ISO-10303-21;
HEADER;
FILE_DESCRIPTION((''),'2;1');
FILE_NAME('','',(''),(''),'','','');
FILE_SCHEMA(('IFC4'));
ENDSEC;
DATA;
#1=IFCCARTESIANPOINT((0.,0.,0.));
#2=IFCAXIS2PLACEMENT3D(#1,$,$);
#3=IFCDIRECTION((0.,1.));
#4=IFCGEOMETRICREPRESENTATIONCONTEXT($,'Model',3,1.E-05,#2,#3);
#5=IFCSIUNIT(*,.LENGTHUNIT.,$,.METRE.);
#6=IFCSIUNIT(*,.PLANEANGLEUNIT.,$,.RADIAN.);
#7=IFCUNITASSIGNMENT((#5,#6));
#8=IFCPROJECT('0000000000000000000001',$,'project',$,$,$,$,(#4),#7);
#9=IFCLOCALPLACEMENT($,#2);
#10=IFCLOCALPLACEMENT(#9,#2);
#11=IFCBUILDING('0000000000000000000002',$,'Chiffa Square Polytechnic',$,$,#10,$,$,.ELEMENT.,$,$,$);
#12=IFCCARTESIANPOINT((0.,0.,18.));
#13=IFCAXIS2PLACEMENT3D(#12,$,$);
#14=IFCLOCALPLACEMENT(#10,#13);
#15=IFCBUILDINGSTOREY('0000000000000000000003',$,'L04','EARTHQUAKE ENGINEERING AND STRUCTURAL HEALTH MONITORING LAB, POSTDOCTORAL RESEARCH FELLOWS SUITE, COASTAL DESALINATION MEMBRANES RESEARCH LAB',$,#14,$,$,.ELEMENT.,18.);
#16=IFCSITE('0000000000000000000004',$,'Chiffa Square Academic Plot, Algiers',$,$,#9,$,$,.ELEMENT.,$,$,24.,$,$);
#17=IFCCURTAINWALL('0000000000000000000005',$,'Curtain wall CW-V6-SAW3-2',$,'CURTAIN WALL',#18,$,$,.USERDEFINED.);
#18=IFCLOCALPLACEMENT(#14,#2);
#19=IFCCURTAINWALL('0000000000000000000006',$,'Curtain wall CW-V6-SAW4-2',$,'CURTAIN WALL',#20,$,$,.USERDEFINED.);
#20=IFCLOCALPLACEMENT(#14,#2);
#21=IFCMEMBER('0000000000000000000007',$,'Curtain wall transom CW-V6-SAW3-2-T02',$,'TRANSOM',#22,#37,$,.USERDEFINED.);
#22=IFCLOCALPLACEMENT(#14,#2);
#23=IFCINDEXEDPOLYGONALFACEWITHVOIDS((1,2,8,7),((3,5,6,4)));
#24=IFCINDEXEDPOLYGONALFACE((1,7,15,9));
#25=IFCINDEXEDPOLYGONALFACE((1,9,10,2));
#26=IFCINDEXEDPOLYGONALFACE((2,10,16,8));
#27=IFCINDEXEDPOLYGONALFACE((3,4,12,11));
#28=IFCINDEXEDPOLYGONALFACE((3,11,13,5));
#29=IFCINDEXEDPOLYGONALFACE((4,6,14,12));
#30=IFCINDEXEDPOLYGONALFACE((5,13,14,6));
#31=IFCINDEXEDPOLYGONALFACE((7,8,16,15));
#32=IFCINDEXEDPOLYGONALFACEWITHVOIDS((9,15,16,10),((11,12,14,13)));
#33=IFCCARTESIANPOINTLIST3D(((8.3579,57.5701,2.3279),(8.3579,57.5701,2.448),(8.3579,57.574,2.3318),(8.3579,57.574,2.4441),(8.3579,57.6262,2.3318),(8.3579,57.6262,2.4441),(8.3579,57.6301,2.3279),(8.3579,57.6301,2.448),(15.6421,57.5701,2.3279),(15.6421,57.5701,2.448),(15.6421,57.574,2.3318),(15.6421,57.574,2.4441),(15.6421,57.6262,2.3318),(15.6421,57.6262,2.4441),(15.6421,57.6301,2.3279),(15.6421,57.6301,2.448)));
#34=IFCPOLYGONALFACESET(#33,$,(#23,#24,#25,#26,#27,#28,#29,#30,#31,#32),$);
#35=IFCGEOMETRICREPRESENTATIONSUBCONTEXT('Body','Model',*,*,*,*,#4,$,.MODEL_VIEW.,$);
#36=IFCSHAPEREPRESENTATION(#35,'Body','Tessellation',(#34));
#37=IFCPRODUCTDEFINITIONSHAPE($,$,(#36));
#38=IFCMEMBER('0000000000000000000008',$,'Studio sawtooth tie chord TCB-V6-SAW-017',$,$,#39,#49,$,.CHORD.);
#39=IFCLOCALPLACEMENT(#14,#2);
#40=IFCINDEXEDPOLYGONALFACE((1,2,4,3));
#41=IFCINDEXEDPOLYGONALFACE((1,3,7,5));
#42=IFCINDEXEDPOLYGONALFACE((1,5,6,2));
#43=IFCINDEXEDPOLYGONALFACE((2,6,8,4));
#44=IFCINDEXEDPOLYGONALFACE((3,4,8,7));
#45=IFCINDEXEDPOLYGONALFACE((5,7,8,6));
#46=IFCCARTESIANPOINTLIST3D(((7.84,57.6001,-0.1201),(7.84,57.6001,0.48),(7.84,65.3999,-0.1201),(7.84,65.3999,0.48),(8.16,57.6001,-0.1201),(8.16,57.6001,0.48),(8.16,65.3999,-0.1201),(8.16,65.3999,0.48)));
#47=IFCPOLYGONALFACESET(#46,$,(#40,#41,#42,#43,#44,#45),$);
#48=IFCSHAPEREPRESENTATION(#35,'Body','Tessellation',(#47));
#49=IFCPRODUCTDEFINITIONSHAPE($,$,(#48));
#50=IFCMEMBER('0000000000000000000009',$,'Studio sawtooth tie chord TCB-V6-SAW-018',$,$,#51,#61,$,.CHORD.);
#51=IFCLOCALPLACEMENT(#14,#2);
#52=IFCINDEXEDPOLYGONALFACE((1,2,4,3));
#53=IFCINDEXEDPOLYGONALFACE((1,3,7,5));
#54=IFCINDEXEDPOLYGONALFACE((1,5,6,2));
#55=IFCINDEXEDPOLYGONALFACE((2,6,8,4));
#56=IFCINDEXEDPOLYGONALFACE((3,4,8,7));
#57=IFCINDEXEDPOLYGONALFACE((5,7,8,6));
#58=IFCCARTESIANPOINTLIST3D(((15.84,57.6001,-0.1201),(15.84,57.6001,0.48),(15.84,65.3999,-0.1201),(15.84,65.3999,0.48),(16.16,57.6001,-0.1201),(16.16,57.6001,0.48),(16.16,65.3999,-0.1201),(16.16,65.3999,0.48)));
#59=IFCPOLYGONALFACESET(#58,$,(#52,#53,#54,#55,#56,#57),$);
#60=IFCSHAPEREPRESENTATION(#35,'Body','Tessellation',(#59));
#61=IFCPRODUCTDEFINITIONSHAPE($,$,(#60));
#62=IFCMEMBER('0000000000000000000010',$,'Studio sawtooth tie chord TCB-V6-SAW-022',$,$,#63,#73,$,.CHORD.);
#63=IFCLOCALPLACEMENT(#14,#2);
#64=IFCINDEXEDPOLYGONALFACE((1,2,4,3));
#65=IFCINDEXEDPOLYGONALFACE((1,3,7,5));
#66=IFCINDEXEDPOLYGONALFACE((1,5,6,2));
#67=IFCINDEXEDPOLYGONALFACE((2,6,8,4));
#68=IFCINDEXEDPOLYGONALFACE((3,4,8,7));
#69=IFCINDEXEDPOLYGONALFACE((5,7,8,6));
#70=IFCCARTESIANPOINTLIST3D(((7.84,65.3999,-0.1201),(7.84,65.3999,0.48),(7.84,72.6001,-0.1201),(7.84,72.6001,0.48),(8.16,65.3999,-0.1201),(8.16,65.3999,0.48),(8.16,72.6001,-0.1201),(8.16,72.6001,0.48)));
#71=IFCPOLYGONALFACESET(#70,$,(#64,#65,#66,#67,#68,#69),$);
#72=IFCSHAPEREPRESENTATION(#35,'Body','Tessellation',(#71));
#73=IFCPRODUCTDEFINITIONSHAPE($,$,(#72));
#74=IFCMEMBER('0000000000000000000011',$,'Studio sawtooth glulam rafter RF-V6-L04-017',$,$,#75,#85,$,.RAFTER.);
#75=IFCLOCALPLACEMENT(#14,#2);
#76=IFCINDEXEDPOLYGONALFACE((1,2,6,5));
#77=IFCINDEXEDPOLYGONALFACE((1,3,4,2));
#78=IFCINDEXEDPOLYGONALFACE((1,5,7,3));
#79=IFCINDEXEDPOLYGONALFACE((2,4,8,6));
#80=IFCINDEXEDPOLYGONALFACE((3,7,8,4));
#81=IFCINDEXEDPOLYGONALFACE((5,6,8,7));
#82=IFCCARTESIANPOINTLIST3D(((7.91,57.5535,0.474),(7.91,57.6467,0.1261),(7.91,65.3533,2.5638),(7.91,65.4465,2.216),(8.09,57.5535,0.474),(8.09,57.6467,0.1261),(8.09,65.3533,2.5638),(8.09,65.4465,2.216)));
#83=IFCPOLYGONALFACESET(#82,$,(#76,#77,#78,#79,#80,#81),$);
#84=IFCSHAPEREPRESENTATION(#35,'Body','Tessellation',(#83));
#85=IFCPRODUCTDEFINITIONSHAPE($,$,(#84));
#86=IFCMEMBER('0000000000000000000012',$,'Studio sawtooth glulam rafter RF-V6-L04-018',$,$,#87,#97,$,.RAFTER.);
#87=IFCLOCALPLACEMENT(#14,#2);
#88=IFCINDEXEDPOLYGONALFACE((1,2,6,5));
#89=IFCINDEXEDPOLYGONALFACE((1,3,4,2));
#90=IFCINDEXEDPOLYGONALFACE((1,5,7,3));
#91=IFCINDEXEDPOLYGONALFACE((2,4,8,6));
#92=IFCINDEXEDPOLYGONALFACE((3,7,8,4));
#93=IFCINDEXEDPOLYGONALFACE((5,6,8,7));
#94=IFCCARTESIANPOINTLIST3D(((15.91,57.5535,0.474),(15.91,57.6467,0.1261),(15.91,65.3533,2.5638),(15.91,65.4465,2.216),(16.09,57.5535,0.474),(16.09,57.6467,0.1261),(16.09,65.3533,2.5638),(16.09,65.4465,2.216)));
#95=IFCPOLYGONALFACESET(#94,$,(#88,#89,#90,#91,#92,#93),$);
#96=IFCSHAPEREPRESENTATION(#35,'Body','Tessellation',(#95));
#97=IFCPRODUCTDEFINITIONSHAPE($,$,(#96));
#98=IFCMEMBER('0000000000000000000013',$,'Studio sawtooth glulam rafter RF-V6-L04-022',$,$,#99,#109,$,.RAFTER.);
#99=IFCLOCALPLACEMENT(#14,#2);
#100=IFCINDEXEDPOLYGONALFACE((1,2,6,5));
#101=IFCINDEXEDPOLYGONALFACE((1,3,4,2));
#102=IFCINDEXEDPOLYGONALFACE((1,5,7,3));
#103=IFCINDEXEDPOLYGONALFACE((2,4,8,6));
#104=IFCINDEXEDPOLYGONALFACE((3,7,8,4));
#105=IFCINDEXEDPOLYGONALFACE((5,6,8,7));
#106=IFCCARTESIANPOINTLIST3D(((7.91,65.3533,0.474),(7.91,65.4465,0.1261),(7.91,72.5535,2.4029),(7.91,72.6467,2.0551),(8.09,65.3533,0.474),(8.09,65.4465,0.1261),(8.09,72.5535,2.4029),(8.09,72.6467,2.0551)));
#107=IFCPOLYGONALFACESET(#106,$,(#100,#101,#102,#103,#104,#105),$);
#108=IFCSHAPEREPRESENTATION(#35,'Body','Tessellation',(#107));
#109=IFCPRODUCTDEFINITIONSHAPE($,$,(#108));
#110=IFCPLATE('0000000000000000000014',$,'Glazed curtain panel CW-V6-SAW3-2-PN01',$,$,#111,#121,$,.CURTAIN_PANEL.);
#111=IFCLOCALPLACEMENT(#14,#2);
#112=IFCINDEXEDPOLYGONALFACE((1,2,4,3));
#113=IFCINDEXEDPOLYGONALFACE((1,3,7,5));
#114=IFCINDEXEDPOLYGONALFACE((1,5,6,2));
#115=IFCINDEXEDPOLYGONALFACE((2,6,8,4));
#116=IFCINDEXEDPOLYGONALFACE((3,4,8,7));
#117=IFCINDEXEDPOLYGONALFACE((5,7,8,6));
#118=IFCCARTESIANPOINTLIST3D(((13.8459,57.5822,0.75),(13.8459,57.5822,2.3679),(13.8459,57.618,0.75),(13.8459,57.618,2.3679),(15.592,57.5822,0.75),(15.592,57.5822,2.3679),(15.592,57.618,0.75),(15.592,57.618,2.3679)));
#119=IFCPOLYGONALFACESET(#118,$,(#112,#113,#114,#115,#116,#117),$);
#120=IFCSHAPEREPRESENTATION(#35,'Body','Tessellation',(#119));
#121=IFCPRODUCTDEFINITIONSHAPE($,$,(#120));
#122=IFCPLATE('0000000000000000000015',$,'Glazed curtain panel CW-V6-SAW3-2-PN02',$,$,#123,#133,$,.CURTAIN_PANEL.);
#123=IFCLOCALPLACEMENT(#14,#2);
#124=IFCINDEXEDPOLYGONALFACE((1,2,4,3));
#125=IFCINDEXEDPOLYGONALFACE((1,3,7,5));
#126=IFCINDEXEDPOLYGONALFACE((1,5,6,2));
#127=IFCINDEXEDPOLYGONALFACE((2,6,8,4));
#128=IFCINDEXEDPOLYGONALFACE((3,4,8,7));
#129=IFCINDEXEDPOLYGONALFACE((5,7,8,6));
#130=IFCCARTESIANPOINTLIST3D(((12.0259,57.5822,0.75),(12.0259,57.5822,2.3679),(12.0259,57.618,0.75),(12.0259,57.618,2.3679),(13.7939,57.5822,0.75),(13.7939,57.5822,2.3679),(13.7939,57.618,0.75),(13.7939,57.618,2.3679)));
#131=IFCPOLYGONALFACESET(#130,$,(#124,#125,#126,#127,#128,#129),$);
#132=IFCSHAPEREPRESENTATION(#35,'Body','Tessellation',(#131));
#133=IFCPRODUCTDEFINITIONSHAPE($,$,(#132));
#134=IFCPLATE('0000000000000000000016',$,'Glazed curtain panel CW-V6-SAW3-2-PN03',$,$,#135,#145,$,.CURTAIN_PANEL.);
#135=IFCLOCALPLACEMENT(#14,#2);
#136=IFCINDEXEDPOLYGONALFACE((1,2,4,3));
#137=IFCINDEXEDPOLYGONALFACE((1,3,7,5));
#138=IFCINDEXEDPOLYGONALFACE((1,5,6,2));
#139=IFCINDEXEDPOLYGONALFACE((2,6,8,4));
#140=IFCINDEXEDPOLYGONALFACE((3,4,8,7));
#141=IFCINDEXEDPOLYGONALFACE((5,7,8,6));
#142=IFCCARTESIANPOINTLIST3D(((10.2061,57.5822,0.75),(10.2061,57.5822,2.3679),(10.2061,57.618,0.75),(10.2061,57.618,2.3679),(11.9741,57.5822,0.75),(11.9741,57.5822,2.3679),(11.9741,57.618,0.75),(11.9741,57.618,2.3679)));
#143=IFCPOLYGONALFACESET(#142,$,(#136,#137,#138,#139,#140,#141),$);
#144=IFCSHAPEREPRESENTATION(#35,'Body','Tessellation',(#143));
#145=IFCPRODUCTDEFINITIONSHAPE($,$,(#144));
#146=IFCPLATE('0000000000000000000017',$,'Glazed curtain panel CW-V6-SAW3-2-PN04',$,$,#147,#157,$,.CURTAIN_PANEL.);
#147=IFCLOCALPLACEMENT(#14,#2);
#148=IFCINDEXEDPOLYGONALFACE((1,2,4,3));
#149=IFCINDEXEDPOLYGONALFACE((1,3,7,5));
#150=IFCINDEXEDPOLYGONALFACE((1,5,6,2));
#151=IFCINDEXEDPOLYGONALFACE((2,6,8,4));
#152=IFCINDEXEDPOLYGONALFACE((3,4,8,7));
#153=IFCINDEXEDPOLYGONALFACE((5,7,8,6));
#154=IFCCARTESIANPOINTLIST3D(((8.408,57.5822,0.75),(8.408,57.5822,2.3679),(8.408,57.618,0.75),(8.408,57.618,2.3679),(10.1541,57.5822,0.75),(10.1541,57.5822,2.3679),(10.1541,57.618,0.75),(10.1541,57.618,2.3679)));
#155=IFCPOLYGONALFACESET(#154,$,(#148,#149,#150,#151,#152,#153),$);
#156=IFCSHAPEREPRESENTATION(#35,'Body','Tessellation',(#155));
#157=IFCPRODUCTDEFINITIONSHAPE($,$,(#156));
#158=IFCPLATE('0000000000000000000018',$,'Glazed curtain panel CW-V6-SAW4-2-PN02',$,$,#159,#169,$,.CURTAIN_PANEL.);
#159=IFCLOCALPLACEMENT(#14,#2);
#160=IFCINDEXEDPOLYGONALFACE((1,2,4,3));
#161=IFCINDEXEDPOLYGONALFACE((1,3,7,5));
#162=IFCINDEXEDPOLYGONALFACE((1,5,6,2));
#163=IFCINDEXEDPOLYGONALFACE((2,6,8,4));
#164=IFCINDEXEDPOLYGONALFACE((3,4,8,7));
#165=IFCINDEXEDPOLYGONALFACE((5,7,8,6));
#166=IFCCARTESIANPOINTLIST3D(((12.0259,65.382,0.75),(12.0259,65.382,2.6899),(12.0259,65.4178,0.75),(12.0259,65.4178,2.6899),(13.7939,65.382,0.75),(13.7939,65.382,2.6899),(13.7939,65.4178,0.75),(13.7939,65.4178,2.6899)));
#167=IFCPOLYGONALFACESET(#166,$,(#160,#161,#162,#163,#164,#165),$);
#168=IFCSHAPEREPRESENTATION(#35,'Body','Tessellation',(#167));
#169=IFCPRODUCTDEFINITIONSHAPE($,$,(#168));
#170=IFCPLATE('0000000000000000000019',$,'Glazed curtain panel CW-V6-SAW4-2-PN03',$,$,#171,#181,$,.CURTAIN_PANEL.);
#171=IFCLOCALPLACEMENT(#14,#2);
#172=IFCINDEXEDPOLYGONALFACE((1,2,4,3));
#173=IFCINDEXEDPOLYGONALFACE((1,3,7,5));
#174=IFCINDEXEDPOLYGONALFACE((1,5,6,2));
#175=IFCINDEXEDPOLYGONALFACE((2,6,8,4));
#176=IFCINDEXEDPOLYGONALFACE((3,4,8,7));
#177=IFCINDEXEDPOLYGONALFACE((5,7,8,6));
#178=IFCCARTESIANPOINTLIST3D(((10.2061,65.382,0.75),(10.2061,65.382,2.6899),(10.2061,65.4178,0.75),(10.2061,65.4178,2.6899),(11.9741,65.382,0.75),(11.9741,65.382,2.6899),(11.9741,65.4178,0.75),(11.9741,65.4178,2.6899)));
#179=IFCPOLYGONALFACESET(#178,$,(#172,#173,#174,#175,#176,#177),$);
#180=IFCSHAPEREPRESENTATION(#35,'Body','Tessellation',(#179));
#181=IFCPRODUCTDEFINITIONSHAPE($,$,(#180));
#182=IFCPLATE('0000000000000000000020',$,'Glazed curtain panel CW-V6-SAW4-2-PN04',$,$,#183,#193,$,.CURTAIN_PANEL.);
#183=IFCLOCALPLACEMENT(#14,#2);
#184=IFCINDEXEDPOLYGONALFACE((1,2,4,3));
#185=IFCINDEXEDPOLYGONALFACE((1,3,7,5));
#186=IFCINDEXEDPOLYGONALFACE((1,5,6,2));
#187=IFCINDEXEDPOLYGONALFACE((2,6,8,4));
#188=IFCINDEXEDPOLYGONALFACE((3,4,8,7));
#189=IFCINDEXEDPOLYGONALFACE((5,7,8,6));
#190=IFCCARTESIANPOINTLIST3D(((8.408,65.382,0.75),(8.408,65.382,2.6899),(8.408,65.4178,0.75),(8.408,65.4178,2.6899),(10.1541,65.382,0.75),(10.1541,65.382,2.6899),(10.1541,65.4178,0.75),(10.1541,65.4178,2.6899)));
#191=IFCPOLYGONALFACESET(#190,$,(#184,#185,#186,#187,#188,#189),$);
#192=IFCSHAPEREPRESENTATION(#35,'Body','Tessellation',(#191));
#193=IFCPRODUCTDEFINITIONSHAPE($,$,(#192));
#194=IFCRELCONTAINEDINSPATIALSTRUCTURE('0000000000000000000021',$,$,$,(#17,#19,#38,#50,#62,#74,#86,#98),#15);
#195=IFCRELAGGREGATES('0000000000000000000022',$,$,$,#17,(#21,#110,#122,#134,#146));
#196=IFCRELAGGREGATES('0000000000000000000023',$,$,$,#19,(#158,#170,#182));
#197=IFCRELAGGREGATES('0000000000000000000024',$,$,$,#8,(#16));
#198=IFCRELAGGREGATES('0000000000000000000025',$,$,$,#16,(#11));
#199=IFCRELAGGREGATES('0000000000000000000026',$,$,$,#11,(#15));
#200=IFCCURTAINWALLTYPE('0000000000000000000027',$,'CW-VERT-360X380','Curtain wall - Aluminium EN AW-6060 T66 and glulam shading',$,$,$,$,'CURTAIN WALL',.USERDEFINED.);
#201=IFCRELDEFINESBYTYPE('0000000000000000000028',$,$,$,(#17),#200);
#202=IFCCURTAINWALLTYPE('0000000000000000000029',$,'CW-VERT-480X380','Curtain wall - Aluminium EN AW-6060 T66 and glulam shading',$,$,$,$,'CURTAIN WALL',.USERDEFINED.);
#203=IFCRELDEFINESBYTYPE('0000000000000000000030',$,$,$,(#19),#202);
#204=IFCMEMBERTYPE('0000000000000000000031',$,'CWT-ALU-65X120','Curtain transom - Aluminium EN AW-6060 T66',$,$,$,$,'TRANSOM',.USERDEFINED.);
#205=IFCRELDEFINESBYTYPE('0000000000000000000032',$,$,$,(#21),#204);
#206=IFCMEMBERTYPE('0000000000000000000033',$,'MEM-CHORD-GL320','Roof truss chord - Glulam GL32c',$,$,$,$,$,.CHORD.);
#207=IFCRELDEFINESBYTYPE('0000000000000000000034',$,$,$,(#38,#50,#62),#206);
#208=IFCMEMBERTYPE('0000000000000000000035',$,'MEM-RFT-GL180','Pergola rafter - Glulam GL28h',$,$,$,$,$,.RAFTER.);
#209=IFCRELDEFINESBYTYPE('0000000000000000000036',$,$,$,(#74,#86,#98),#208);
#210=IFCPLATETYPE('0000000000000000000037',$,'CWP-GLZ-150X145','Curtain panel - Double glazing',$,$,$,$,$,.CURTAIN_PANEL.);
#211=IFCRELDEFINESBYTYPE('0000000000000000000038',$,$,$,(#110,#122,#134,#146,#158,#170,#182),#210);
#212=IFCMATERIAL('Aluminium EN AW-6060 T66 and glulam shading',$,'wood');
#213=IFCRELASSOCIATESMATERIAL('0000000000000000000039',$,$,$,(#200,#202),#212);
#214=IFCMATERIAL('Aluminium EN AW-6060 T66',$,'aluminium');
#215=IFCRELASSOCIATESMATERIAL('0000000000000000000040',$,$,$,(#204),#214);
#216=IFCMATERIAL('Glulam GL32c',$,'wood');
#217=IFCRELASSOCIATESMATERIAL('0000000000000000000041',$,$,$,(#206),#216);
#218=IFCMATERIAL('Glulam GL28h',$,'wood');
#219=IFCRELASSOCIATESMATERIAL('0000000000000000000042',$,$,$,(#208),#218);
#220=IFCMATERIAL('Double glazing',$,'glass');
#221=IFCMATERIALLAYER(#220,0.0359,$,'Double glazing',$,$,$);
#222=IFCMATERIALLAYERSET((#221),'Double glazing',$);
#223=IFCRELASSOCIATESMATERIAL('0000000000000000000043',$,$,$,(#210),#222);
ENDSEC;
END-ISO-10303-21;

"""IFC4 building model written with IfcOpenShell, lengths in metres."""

from ifc_helpers import new_model, si_unit, direction, frame, origin, origin_2d, place, context, subcontext, project, spatial, rectangle, hollow_rectangle, extrude, material, layer, layer_set, material_profile, profile_set, type_object, element, aggregate, save


model = new_model("IFC4")

# Units and contexts
model_context = context("Model", 3, precision=1e-05, world=origin(), true_north=direction((0.0, 1.0)))
body_context = subcontext(model_context, "Body", "Model", "MODEL_VIEW")
ifc_project = project(units=[si_unit("LENGTHUNIT", "METRE"), si_unit("PLANEANGLEUNIT", "RADIAN")], contexts=[model_context])

# Site, building, storey
site_placement = place(None, origin())
site = spatial("IfcSite", under=ifc_project, at=site_placement, Name="Chiffa Square Academic Plot, Algiers", CompositionType="ELEMENT", RefElevation=24.0)
building_placement = place(site_placement, origin())
building = spatial("IfcBuilding", under=site, at=building_placement, Name="Chiffa Square Polytechnic", CompositionType="ELEMENT")
storey_placement = place(building_placement, frame((0.0, 0.0, 18.0)))
storey = spatial("IfcBuildingStorey", under=building, at=storey_placement, Name="L04", Description="EARTHQUAKE ENGINEERING AND STRUCTURAL HEALTH MONITORING LAB, POSTDOCTORAL RESEARCH FELLOWS SUITE, COASTAL DESALINATION MEMBRANES RESEARCH LAB", CompositionType="ELEMENT", Elevation=18.0)

# Shared definitions
ifc_material_1 = material(Name="Glulam GL32c", Category="wood")

# Curtain walls
ifc_material_2 = material(Name="Aluminium EN AW-6060 T66 and glulam shading", Category="wood")
curtain_wall_type_1 = type_object("IfcCurtainWallType", Name="CW-VERT-360X380", Description="Curtain wall - Aluminium EN AW-6060 T66 and glulam shading", ElementType="CURTAIN WALL", PredefinedType="USERDEFINED", material=ifc_material_2)
curtain_wall_1_placement = place(storey_placement, origin())
curtain_wall_1 = element("IfcCurtainWall", 1, at=curtain_wall_1_placement, inside=storey, type_object=curtain_wall_type_1, Name="Curtain wall CW-V6-SAW3-2", ObjectType="CURTAIN WALL", PredefinedType="USERDEFINED")
ifc_material_3 = material(Name="Aluminium EN AW-6060 T66", Category="aluminium")
curtain_wall_type_2 = type_object("IfcCurtainWallType", Name="CW-VERT-480X380", Description="Curtain wall - Aluminium EN AW-6060 T66 and glulam shading", ElementType="CURTAIN WALL", PredefinedType="USERDEFINED", material=ifc_material_2)
curtain_wall_2_placement = place(storey_placement, origin())
curtain_wall_2 = element("IfcCurtainWall", 2, at=curtain_wall_2_placement, inside=storey, type_object=curtain_wall_type_2, Name="Curtain wall CW-V6-SAW4-2", ObjectType="CURTAIN WALL", PredefinedType="USERDEFINED")

# Member
ifc_material_profile_1 = material_profile(ifc_material_3, hollow_rectangle(XDim=0.0601, YDim=0.1201, WallThickness=0.0039, at=origin_2d()), Name="ALU 60x120x4")
ifc_profile_set_1 = profile_set([ifc_material_profile_1], Name="Aluminium EN AW-6060 T66")
member_type_1 = type_object("IfcMemberType", Name="CWT-ALU-65X120", Description="Curtain transom - Aluminium EN AW-6060 T66", ElementType="TRANSOM", PredefinedType="USERDEFINED", material=ifc_profile_set_1)
member_1_placement = place(storey_placement, frame((15.6421, 57.6001, 2.3879), z_axis=(-1.0, 0.0, 0.0), x_axis=(0.0, -1.0, 0.0)))
member_1 = element("IfcMember", 3, at=member_1_placement, type_object=member_type_1, Name="Curtain wall transom CW-V6-SAW3-2-T02", ObjectType="TRANSOM", PredefinedType="USERDEFINED", context=body_context, shape_type="SweptSolid", body=[
    extrude(hollow_rectangle(XDim=0.0601, YDim=0.1201, WallThickness=0.0039, at=origin_2d()), origin(), (0.0, 0.0, 1.0), 7.2842),
])

# Members
ifc_material_profile_2 = material_profile(ifc_material_1, rectangle(XDim=0.3201, YDim=0.6001, at=origin_2d()), Name="GL32c 320x600")
ifc_profile_set_2 = profile_set([ifc_material_profile_2], Name="Glulam GL32c")
member_type_2 = type_object("IfcMemberType", Name="MEM-CHORD-GL320", Description="Roof truss chord - Glulam GL32c", PredefinedType="CHORD", material=ifc_profile_set_2)
for number, where, z_axis, x_axis, name in (
    (4, (8.0, 57.6001, 0.1799), (0.0, 1.0, 0.0), (-1.0, 0.0, 0.0), "Studio sawtooth tie chord TCB-V6-SAW-017"),
    (5, (16.0, 57.6001, 0.1799), (0.0, 1.0, 0.0), (-1.0, 0.0, 0.0), "Studio sawtooth tie chord TCB-V6-SAW-018"),
):
    element("IfcMember", number, at=place(storey_placement, frame(where, z_axis=z_axis, x_axis=x_axis)), inside=storey, type_object=member_type_2, Name=name, PredefinedType="CHORD", context=body_context, shape_type="SweptSolid", body=[
        extrude(rectangle(XDim=0.3201, YDim=0.6001, at=origin_2d()), origin(), (0.0, 0.0, 1.0), 7.7998),
    ])
member_2_placement = place(storey_placement, frame((8.0, 65.3999, 0.1799), z_axis=(0.0, 1.0, 0.0), x_axis=(-1.0, 0.0, 0.0)))
element("IfcMember", 6, at=member_2_placement, inside=storey, type_object=member_type_2, Name="Studio sawtooth tie chord TCB-V6-SAW-022", PredefinedType="CHORD", context=body_context, shape_type="SweptSolid", body=[
    extrude(rectangle(XDim=0.3201, YDim=0.6001, at=origin_2d()), origin(), (0.0, 0.0, 1.0), 7.2002),
])
ifc_material_4 = material(Name="Glulam GL28h", Category="wood")
ifc_material_profile_3 = material_profile(ifc_material_4, rectangle(XDim=0.1799, YDim=0.3601, at=origin_2d()), Name="GL28h 180x360")
ifc_profile_set_3 = profile_set([ifc_material_profile_3], Name="Glulam GL28h")
member_type_3 = type_object("IfcMemberType", Name="MEM-RFT-GL180", Description="Pergola rafter - Glulam GL28h", PredefinedType="RAFTER", material=ifc_profile_set_3)
for number, where, z_axis, x_axis, name in (
    (7, (8.0, 57.6001, 0.3), (0.0, 0.965929, 0.258807), (-1.0, 0.0, 0.0), "Studio sawtooth glulam rafter RF-V6-L04-017"),
    (8, (16.0, 57.6001, 0.3), (0.0, 0.965929, 0.258807), (-1.0, 0.0, 0.0), "Studio sawtooth glulam rafter RF-V6-L04-018"),
):
    element("IfcMember", number, at=place(storey_placement, frame(where, z_axis=z_axis, x_axis=x_axis)), inside=storey, type_object=member_type_3, Name=name, PredefinedType="RAFTER", context=body_context, shape_type="SweptSolid", body=[
        extrude(rectangle(XDim=0.1799, YDim=0.3601, at=origin_2d()), origin(), (0.0, 0.0, 1.0), 8.075),
    ])
member_3_placement = place(storey_placement, frame((8.0, 65.3999, 0.3), z_axis=(0.0, 0.965937, 0.258778), x_axis=(-1.0, 0.0, 0.0)))
element("IfcMember", 9, at=member_3_placement, inside=storey, type_object=member_type_3, Name="Studio sawtooth glulam rafter RF-V6-L04-022", PredefinedType="RAFTER", context=body_context, shape_type="SweptSolid", body=[
    extrude(rectangle(XDim=0.1799, YDim=0.3601, at=origin_2d()), origin(), (0.0, 0.0, 1.0), 7.4541),
])

# Plates
ifc_material_5 = material(Name="Double glazing", Category="glass")
ifc_layer_1 = layer(ifc_material_5, 0.0359, Name="Double glazing")
ifc_layer_set_1 = layer_set([ifc_layer_1], Name="Double glazing")
plate_type = type_object("IfcPlateType", Name="CWP-GLZ-150X145", Description="Curtain panel - Double glazing", PredefinedType="CURTAIN_PANEL", material=ifc_layer_set_1)
plate_1_placement = place(storey_placement, frame((14.719, 57.6001, 0.75), z_axis=(0.0, 0.0, 1.0), x_axis=(-1.0, 0.0, 0.0)))
plate_1 = element("IfcPlate", 10, at=plate_1_placement, type_object=plate_type, Name="Glazed curtain panel CW-V6-SAW3-2-PN01", PredefinedType="CURTAIN_PANEL", context=body_context, shape_type="SweptSolid", body=[
    extrude(rectangle(XDim=1.7461, YDim=0.0359, at=origin_2d()), origin(), (0.0, 0.0, 1.0), 1.6179),
])
plate_2_placement = place(storey_placement, frame((12.9099, 57.6001, 0.75), z_axis=(0.0, 0.0, 1.0), x_axis=(-1.0, 0.0, 0.0)))
plate_2 = element("IfcPlate", 11, at=plate_2_placement, type_object=plate_type, Name="Glazed curtain panel CW-V6-SAW3-2-PN02", PredefinedType="CURTAIN_PANEL", context=body_context, shape_type="SweptSolid", body=[
    extrude(rectangle(XDim=1.7681, YDim=0.0359, at=origin_2d()), origin(), (0.0, 0.0, 1.0), 1.6179),
])
plate_3_placement = place(storey_placement, frame((11.0901, 57.6001, 0.75), z_axis=(0.0, 0.0, 1.0), x_axis=(-1.0, 0.0, 0.0)))
plate_3 = element("IfcPlate", 12, at=plate_3_placement, type_object=plate_type, Name="Glazed curtain panel CW-V6-SAW3-2-PN03", PredefinedType="CURTAIN_PANEL", context=body_context, shape_type="SweptSolid", body=[
    extrude(rectangle(XDim=1.7681, YDim=0.0359, at=origin_2d()), origin(), (0.0, 0.0, 1.0), 1.6179),
])
plate_4_placement = place(storey_placement, frame((9.281, 57.6001, 0.75), z_axis=(0.0, 0.0, 1.0), x_axis=(-1.0, 0.0, 0.0)))
plate_4 = element("IfcPlate", 13, at=plate_4_placement, type_object=plate_type, Name="Glazed curtain panel CW-V6-SAW3-2-PN04", PredefinedType="CURTAIN_PANEL", context=body_context, shape_type="SweptSolid", body=[
    extrude(rectangle(XDim=1.7461, YDim=0.0359, at=origin_2d()), origin(), (0.0, 0.0, 1.0), 1.6179),
])
aggregate(curtain_wall_1, [member_1, plate_1, plate_2, plate_3, plate_4])
plate_5_placement = place(storey_placement, frame((12.9099, 65.3999, 0.75), z_axis=(0.0, 0.0, 1.0), x_axis=(-1.0, 0.0, 0.0)))
plate_5 = element("IfcPlate", 14, at=plate_5_placement, type_object=plate_type, Name="Glazed curtain panel CW-V6-SAW4-2-PN02", PredefinedType="CURTAIN_PANEL", context=body_context, shape_type="SweptSolid", body=[
    extrude(rectangle(XDim=1.7681, YDim=0.0359, at=origin_2d()), origin(), (0.0, 0.0, 1.0), 1.9399),
])
plate_6_placement = place(storey_placement, frame((11.0901, 65.3999, 0.75), z_axis=(0.0, 0.0, 1.0), x_axis=(-1.0, 0.0, 0.0)))
plate_6 = element("IfcPlate", 15, at=plate_6_placement, type_object=plate_type, Name="Glazed curtain panel CW-V6-SAW4-2-PN03", PredefinedType="CURTAIN_PANEL", context=body_context, shape_type="SweptSolid", body=[
    extrude(rectangle(XDim=1.7681, YDim=0.0359, at=origin_2d()), origin(), (0.0, 0.0, 1.0), 1.9399),
])
plate_7_placement = place(storey_placement, frame((9.281, 65.3999, 0.75), z_axis=(0.0, 0.0, 1.0), x_axis=(-1.0, 0.0, 0.0)))
plate_7 = element("IfcPlate", 16, at=plate_7_placement, type_object=plate_type, Name="Glazed curtain panel CW-V6-SAW4-2-PN04", PredefinedType="CURTAIN_PANEL", context=body_context, shape_type="SweptSolid", body=[
    extrude(rectangle(XDim=1.7461, YDim=0.0359, at=origin_2d()), origin(), (0.0, 0.0, 1.0), 1.9399),
])
aggregate(curtain_wall_2, [plate_5, plate_6, plate_7])

save(model, "model.ifc")
